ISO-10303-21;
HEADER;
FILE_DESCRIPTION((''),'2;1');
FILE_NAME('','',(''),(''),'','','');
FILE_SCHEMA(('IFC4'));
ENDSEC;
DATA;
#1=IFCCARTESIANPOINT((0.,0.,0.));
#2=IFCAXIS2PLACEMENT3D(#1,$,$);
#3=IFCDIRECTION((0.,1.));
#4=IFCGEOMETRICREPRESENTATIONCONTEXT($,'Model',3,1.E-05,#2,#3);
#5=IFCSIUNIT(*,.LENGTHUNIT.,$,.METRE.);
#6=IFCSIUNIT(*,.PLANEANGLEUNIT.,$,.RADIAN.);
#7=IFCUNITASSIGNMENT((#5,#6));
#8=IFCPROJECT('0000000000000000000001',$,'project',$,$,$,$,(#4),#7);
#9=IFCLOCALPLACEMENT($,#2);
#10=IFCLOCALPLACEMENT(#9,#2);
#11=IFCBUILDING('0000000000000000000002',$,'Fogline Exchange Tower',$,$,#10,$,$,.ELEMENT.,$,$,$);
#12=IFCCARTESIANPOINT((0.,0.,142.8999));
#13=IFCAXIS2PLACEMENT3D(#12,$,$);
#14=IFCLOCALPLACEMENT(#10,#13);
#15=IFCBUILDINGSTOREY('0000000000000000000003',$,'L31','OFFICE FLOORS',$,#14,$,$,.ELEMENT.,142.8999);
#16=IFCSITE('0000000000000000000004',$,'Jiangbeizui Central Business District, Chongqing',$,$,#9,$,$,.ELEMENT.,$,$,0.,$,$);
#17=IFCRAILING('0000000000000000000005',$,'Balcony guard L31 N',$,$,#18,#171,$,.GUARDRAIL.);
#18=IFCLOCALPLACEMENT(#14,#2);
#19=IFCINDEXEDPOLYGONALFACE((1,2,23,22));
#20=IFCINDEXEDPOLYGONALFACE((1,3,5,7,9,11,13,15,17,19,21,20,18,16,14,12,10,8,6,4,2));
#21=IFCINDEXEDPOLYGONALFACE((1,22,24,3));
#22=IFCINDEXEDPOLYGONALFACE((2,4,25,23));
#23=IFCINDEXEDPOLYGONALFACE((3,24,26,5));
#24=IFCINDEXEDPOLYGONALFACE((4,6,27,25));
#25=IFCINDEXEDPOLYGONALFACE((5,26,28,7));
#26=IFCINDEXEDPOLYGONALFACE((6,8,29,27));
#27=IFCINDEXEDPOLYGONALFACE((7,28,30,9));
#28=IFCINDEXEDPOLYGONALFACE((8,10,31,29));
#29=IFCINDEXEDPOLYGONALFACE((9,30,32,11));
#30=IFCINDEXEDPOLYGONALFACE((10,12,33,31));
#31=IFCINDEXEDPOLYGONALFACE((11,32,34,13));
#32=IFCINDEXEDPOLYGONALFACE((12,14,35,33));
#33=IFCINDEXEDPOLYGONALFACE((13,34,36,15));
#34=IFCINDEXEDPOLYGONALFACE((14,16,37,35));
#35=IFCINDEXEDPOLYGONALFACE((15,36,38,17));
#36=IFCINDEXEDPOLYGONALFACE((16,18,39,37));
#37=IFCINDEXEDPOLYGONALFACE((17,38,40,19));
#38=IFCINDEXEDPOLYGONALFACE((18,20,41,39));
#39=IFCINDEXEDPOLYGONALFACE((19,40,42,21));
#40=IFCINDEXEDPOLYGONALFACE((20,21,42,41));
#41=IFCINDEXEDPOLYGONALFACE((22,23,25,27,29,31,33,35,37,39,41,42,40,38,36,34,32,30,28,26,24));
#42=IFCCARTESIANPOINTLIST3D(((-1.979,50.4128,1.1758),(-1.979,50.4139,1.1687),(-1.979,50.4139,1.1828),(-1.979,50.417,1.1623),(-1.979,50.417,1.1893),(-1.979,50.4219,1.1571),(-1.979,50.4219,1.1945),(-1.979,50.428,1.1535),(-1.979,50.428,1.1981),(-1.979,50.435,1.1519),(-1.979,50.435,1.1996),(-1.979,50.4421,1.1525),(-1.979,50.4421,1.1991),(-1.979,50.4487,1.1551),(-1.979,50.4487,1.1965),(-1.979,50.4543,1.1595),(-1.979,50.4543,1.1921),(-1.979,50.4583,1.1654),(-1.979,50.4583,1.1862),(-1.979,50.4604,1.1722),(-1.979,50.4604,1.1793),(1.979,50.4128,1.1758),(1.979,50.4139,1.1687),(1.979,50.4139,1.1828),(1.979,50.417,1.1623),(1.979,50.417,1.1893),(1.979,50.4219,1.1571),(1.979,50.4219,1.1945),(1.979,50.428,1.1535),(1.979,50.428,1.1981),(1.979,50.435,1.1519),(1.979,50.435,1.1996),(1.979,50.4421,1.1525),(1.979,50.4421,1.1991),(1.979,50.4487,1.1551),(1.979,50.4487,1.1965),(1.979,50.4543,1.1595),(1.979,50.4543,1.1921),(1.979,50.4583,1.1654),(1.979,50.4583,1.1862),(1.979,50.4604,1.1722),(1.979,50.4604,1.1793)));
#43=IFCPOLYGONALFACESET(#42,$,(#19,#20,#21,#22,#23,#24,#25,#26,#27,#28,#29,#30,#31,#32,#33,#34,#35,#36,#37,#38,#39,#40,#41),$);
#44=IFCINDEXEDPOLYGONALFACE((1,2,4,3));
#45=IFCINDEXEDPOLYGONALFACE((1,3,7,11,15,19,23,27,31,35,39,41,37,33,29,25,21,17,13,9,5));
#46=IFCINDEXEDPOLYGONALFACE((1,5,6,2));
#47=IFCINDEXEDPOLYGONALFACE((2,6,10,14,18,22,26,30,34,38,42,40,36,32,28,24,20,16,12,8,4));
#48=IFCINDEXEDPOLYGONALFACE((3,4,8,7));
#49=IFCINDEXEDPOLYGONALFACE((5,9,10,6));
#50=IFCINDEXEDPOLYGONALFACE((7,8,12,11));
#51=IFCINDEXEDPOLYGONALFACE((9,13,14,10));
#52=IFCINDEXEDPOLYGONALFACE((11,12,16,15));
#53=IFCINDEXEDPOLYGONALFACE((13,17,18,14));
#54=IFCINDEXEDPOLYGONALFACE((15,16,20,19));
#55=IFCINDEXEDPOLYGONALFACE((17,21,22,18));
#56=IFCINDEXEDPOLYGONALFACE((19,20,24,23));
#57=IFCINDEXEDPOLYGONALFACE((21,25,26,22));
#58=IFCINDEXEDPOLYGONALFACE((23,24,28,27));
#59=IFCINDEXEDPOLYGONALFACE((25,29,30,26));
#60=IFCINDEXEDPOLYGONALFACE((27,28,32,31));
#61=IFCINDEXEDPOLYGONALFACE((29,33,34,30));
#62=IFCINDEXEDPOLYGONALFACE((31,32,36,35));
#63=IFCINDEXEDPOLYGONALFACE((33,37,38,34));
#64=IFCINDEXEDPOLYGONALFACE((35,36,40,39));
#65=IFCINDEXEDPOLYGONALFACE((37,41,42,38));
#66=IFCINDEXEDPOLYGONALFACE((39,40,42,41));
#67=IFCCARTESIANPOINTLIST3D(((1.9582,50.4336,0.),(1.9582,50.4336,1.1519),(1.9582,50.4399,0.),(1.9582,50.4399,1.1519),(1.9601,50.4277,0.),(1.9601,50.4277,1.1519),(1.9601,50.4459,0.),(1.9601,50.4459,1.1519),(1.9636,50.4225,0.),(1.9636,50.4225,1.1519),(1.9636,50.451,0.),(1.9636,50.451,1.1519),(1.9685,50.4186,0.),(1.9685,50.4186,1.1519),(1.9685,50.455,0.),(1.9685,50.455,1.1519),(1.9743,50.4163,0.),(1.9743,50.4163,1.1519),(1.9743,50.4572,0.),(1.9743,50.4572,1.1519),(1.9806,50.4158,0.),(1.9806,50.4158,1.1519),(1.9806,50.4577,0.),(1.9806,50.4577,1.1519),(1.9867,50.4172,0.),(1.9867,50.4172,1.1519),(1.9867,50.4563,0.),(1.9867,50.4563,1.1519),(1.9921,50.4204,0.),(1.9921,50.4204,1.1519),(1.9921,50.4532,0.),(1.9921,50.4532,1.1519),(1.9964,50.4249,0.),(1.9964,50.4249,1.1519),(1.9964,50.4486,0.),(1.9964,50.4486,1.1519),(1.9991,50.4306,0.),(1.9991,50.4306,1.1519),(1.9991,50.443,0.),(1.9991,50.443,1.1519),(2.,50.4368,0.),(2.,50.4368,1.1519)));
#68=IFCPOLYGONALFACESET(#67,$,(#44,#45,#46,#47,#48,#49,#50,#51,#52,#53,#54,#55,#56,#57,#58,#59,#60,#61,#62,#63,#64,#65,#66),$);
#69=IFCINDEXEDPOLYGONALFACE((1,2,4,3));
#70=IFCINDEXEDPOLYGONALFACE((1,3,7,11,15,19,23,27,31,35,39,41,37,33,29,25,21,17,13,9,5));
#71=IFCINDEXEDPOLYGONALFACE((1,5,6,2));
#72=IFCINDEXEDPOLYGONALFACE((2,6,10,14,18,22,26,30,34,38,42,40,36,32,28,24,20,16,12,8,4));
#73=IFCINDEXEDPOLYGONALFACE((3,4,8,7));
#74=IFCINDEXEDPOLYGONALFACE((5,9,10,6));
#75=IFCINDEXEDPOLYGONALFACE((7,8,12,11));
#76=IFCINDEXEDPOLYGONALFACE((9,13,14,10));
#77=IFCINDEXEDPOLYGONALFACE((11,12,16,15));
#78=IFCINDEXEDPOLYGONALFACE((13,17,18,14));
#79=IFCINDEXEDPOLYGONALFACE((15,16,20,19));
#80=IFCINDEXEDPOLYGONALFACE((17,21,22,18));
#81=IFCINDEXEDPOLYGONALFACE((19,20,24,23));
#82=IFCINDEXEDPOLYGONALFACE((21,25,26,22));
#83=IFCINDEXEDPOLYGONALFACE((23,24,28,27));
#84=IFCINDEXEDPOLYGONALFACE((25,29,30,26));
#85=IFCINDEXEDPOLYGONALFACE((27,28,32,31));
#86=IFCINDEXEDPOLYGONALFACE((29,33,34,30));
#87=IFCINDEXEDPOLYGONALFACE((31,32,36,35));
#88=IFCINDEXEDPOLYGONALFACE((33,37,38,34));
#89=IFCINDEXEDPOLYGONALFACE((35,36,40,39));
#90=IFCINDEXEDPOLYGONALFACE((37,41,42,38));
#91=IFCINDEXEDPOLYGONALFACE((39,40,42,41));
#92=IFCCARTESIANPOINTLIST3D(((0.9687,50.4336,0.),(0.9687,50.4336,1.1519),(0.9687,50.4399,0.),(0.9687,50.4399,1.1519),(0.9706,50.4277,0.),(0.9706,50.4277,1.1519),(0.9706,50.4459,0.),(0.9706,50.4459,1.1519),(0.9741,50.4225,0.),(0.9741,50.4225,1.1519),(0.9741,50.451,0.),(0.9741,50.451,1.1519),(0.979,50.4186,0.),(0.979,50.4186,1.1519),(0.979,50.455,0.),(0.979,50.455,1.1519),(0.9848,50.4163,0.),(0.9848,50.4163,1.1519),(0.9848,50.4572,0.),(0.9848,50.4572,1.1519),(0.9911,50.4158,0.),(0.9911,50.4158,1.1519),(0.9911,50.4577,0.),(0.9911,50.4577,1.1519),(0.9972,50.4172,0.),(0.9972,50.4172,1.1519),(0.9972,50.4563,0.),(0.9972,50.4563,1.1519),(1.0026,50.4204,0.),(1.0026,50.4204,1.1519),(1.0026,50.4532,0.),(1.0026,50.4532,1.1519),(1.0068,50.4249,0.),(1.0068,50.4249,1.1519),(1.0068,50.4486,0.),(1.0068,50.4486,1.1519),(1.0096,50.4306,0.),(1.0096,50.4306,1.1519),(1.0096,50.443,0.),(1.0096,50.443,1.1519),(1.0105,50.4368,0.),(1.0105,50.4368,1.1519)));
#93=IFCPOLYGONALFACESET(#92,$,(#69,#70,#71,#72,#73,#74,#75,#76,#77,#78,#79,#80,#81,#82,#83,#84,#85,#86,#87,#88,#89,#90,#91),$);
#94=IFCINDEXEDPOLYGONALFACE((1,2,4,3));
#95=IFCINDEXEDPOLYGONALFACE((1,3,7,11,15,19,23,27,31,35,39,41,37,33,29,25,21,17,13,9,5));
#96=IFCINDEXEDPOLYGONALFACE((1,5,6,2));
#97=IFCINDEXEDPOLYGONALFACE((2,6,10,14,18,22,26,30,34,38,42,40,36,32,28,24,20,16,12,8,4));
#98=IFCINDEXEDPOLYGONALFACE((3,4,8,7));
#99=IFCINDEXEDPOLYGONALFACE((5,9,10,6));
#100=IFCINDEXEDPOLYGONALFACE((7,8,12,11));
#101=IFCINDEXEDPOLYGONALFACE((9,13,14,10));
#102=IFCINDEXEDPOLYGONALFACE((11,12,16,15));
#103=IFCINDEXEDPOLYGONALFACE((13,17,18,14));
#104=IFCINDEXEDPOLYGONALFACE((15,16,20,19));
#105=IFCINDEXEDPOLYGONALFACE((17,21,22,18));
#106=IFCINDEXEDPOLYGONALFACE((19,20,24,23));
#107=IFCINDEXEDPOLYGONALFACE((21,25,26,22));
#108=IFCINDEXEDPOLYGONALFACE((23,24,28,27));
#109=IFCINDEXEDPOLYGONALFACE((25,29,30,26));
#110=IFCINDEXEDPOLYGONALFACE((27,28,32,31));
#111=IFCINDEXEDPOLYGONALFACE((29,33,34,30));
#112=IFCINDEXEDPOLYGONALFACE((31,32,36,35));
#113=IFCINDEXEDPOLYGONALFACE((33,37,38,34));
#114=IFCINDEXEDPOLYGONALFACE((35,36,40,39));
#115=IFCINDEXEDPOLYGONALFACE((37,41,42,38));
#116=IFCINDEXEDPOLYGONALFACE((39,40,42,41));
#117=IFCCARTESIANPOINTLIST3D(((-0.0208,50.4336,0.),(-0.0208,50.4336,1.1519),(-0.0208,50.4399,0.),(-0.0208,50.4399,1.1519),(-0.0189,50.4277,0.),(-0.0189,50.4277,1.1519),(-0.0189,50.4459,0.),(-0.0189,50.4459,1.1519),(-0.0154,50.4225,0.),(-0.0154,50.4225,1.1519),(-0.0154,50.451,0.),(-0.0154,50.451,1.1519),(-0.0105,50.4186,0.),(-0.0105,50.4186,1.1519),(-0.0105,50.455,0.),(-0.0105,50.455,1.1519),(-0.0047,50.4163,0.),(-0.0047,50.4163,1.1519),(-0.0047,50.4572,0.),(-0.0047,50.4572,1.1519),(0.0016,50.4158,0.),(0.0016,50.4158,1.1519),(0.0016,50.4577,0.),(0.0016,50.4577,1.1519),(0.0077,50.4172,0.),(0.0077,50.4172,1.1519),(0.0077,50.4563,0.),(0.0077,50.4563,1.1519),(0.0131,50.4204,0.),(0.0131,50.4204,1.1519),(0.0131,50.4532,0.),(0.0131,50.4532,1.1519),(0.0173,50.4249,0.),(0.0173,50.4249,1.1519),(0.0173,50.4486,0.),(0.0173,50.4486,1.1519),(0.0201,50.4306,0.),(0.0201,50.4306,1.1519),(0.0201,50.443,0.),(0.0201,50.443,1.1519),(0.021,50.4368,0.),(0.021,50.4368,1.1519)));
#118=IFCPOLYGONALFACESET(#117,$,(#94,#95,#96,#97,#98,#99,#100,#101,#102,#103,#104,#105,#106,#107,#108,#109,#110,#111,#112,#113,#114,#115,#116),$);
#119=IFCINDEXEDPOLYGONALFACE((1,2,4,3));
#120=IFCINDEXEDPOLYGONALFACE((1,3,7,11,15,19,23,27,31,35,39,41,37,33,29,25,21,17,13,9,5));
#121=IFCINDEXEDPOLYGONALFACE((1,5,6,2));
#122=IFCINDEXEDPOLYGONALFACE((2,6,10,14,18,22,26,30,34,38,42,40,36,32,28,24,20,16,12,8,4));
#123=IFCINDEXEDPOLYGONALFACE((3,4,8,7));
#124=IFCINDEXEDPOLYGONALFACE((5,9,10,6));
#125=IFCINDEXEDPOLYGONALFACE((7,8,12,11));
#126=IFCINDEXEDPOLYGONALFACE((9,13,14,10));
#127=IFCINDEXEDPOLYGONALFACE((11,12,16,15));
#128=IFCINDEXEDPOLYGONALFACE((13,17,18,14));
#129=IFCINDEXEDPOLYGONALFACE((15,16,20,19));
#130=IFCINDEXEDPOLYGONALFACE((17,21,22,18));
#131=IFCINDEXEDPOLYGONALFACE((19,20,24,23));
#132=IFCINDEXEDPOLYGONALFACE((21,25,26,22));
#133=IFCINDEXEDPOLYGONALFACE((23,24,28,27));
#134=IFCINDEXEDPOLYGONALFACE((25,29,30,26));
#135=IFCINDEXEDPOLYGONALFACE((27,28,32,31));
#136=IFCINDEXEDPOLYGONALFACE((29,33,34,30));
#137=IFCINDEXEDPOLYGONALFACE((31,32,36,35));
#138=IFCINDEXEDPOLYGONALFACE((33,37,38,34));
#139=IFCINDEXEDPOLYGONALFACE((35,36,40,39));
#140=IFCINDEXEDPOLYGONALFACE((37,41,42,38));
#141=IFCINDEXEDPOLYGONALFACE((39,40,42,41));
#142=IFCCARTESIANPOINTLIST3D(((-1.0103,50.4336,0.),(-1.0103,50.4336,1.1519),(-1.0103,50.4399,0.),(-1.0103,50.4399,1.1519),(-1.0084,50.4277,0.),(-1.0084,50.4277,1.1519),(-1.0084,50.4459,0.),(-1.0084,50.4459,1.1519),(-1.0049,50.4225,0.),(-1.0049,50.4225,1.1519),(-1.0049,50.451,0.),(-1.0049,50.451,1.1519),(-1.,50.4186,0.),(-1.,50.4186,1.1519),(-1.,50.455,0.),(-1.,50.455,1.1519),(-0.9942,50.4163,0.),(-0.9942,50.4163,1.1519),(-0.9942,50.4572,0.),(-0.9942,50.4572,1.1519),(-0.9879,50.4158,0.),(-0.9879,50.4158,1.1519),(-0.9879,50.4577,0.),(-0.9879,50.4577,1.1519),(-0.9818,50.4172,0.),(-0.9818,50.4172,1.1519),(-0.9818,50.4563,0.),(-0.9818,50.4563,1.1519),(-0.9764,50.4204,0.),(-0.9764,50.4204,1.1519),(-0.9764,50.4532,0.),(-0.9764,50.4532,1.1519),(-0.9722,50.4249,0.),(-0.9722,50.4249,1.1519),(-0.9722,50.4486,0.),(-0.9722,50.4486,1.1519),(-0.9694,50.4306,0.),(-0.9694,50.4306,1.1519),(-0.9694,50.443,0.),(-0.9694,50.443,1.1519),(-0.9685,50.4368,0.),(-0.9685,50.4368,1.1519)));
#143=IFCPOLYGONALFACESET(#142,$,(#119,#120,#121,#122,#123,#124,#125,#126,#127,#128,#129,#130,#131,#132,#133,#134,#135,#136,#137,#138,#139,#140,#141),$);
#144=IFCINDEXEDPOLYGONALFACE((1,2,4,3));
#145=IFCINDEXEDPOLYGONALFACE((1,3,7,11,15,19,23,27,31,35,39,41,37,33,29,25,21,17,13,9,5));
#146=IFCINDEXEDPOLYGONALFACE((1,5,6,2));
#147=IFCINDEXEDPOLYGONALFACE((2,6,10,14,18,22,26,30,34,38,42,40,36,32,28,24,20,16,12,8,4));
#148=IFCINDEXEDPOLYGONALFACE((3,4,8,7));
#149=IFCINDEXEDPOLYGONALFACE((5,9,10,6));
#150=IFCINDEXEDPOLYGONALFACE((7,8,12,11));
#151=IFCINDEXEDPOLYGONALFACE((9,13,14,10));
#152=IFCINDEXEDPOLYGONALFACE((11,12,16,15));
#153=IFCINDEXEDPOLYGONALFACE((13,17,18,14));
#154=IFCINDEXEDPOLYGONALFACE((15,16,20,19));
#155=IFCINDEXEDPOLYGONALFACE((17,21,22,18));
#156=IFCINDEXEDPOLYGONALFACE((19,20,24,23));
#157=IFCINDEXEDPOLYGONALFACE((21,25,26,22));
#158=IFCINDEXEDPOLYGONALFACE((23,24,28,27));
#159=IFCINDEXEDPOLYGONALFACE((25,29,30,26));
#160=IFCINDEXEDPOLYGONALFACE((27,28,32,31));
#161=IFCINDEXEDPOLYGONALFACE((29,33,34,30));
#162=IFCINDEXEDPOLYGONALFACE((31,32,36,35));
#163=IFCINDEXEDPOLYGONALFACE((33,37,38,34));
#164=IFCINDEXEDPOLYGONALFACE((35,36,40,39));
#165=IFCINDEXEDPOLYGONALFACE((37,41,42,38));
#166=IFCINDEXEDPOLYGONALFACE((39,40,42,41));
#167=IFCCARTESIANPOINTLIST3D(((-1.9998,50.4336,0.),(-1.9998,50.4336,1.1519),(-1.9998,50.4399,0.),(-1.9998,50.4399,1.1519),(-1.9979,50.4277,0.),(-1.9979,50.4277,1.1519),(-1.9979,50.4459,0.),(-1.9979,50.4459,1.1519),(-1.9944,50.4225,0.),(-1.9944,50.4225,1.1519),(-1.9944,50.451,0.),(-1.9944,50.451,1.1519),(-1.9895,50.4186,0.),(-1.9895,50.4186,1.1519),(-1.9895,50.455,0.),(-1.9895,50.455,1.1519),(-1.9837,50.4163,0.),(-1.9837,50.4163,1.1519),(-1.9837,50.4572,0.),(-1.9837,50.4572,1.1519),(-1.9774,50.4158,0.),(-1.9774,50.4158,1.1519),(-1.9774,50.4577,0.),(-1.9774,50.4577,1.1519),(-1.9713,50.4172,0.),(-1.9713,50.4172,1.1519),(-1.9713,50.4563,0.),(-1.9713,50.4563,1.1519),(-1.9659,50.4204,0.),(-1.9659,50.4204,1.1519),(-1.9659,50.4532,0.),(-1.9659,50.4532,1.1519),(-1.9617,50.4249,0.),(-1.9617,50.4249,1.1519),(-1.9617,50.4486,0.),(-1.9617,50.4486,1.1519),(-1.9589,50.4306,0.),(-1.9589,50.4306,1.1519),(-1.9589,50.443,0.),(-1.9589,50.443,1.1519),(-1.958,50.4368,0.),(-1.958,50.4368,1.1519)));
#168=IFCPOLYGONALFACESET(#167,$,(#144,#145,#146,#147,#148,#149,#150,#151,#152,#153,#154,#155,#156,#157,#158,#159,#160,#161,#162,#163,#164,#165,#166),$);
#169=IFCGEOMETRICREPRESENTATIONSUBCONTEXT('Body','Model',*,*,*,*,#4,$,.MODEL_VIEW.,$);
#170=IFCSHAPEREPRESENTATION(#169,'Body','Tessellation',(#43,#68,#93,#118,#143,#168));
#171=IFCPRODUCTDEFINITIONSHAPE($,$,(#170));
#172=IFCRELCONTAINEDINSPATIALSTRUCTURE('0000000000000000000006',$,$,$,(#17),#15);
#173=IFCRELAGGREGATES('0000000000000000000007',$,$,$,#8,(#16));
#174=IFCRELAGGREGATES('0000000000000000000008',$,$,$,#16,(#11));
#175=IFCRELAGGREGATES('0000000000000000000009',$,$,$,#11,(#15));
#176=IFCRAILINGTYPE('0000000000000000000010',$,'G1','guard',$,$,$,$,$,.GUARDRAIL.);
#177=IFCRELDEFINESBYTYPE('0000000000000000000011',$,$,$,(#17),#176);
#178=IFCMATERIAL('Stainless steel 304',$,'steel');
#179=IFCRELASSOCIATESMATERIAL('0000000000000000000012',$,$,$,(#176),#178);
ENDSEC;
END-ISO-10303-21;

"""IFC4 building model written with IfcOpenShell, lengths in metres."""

from ifc_helpers import new_model, si_unit, direction, frame, origin, origin_2d, place, context, subcontext, project, spatial, circle, extrude, material, type_object, element, save


model = new_model("IFC4")

# Units and contexts
model_context = context("Model", 3, precision=1e-05, world=origin(), true_north=direction((0.0, 1.0)))
body_context = subcontext(model_context, "Body", "Model", "MODEL_VIEW")
ifc_project = project(units=[si_unit("LENGTHUNIT", "METRE"), si_unit("PLANEANGLEUNIT", "RADIAN")], contexts=[model_context])

# Site, building, storey
site_placement = place(None, origin())
site = spatial("IfcSite", under=ifc_project, at=site_placement, Name="Jiangbeizui Central Business District, Chongqing", CompositionType="ELEMENT", RefElevation=0.0)
building_placement = place(site_placement, origin())
building = spatial("IfcBuilding", under=site, at=building_placement, Name="Fogline Exchange Tower", CompositionType="ELEMENT")
storey_placement = place(building_placement, frame((0.0, 0.0, 142.8999)))
storey = spatial("IfcBuildingStorey", under=building, at=storey_placement, Name="L31", Description="OFFICE FLOORS", CompositionType="ELEMENT", Elevation=142.8999)

# Railing
ifc_material_1 = material(Name="Stainless steel 304", Category="steel")
railing_type = type_object("IfcRailingType", Name="G1", Description="guard", PredefinedType="GUARDRAIL", material=ifc_material_1)
railing_placement = place(storey_placement, frame((1.979, 50.4368, 0.0)))
element("IfcRailing", 1, at=railing_placement, inside=storey, type_object=railing_type, Name="Balcony guard L31 N", PredefinedType="GUARDRAIL", context=body_context, shape_type="SweptSolid", body=[
    extrude(circle(Radius=0.0239, at=origin_2d()), frame((0.0, 0.0, 1.1758), z_axis=(-1.0, 0.0, 0.0), x_axis=(0.0, -1.0, 0.0)), (0.0, 0.0, 1.0), 3.958),
    extrude(circle(Radius=0.021, at=origin_2d()), origin(), (0.0, 0.0, 1.0), 1.1519),
    extrude(circle(Radius=0.021, at=origin_2d()), frame((-0.9895, 0.0, 0.0)), (0.0, 0.0, 1.0), 1.1519),
    extrude(circle(Radius=0.021, at=origin_2d()), frame((-1.979, 0.0, 0.0)), (0.0, 0.0, 1.0), 1.1519),
    extrude(circle(Radius=0.021, at=origin_2d()), frame((-2.9685, 0.0, 0.0)), (0.0, 0.0, 1.0), 1.1519),
    extrude(circle(Radius=0.021, at=origin_2d()), frame((-3.958, 0.0, 0.0)), (0.0, 0.0, 1.0), 1.1519),
])

save(model, "model.ifc")
